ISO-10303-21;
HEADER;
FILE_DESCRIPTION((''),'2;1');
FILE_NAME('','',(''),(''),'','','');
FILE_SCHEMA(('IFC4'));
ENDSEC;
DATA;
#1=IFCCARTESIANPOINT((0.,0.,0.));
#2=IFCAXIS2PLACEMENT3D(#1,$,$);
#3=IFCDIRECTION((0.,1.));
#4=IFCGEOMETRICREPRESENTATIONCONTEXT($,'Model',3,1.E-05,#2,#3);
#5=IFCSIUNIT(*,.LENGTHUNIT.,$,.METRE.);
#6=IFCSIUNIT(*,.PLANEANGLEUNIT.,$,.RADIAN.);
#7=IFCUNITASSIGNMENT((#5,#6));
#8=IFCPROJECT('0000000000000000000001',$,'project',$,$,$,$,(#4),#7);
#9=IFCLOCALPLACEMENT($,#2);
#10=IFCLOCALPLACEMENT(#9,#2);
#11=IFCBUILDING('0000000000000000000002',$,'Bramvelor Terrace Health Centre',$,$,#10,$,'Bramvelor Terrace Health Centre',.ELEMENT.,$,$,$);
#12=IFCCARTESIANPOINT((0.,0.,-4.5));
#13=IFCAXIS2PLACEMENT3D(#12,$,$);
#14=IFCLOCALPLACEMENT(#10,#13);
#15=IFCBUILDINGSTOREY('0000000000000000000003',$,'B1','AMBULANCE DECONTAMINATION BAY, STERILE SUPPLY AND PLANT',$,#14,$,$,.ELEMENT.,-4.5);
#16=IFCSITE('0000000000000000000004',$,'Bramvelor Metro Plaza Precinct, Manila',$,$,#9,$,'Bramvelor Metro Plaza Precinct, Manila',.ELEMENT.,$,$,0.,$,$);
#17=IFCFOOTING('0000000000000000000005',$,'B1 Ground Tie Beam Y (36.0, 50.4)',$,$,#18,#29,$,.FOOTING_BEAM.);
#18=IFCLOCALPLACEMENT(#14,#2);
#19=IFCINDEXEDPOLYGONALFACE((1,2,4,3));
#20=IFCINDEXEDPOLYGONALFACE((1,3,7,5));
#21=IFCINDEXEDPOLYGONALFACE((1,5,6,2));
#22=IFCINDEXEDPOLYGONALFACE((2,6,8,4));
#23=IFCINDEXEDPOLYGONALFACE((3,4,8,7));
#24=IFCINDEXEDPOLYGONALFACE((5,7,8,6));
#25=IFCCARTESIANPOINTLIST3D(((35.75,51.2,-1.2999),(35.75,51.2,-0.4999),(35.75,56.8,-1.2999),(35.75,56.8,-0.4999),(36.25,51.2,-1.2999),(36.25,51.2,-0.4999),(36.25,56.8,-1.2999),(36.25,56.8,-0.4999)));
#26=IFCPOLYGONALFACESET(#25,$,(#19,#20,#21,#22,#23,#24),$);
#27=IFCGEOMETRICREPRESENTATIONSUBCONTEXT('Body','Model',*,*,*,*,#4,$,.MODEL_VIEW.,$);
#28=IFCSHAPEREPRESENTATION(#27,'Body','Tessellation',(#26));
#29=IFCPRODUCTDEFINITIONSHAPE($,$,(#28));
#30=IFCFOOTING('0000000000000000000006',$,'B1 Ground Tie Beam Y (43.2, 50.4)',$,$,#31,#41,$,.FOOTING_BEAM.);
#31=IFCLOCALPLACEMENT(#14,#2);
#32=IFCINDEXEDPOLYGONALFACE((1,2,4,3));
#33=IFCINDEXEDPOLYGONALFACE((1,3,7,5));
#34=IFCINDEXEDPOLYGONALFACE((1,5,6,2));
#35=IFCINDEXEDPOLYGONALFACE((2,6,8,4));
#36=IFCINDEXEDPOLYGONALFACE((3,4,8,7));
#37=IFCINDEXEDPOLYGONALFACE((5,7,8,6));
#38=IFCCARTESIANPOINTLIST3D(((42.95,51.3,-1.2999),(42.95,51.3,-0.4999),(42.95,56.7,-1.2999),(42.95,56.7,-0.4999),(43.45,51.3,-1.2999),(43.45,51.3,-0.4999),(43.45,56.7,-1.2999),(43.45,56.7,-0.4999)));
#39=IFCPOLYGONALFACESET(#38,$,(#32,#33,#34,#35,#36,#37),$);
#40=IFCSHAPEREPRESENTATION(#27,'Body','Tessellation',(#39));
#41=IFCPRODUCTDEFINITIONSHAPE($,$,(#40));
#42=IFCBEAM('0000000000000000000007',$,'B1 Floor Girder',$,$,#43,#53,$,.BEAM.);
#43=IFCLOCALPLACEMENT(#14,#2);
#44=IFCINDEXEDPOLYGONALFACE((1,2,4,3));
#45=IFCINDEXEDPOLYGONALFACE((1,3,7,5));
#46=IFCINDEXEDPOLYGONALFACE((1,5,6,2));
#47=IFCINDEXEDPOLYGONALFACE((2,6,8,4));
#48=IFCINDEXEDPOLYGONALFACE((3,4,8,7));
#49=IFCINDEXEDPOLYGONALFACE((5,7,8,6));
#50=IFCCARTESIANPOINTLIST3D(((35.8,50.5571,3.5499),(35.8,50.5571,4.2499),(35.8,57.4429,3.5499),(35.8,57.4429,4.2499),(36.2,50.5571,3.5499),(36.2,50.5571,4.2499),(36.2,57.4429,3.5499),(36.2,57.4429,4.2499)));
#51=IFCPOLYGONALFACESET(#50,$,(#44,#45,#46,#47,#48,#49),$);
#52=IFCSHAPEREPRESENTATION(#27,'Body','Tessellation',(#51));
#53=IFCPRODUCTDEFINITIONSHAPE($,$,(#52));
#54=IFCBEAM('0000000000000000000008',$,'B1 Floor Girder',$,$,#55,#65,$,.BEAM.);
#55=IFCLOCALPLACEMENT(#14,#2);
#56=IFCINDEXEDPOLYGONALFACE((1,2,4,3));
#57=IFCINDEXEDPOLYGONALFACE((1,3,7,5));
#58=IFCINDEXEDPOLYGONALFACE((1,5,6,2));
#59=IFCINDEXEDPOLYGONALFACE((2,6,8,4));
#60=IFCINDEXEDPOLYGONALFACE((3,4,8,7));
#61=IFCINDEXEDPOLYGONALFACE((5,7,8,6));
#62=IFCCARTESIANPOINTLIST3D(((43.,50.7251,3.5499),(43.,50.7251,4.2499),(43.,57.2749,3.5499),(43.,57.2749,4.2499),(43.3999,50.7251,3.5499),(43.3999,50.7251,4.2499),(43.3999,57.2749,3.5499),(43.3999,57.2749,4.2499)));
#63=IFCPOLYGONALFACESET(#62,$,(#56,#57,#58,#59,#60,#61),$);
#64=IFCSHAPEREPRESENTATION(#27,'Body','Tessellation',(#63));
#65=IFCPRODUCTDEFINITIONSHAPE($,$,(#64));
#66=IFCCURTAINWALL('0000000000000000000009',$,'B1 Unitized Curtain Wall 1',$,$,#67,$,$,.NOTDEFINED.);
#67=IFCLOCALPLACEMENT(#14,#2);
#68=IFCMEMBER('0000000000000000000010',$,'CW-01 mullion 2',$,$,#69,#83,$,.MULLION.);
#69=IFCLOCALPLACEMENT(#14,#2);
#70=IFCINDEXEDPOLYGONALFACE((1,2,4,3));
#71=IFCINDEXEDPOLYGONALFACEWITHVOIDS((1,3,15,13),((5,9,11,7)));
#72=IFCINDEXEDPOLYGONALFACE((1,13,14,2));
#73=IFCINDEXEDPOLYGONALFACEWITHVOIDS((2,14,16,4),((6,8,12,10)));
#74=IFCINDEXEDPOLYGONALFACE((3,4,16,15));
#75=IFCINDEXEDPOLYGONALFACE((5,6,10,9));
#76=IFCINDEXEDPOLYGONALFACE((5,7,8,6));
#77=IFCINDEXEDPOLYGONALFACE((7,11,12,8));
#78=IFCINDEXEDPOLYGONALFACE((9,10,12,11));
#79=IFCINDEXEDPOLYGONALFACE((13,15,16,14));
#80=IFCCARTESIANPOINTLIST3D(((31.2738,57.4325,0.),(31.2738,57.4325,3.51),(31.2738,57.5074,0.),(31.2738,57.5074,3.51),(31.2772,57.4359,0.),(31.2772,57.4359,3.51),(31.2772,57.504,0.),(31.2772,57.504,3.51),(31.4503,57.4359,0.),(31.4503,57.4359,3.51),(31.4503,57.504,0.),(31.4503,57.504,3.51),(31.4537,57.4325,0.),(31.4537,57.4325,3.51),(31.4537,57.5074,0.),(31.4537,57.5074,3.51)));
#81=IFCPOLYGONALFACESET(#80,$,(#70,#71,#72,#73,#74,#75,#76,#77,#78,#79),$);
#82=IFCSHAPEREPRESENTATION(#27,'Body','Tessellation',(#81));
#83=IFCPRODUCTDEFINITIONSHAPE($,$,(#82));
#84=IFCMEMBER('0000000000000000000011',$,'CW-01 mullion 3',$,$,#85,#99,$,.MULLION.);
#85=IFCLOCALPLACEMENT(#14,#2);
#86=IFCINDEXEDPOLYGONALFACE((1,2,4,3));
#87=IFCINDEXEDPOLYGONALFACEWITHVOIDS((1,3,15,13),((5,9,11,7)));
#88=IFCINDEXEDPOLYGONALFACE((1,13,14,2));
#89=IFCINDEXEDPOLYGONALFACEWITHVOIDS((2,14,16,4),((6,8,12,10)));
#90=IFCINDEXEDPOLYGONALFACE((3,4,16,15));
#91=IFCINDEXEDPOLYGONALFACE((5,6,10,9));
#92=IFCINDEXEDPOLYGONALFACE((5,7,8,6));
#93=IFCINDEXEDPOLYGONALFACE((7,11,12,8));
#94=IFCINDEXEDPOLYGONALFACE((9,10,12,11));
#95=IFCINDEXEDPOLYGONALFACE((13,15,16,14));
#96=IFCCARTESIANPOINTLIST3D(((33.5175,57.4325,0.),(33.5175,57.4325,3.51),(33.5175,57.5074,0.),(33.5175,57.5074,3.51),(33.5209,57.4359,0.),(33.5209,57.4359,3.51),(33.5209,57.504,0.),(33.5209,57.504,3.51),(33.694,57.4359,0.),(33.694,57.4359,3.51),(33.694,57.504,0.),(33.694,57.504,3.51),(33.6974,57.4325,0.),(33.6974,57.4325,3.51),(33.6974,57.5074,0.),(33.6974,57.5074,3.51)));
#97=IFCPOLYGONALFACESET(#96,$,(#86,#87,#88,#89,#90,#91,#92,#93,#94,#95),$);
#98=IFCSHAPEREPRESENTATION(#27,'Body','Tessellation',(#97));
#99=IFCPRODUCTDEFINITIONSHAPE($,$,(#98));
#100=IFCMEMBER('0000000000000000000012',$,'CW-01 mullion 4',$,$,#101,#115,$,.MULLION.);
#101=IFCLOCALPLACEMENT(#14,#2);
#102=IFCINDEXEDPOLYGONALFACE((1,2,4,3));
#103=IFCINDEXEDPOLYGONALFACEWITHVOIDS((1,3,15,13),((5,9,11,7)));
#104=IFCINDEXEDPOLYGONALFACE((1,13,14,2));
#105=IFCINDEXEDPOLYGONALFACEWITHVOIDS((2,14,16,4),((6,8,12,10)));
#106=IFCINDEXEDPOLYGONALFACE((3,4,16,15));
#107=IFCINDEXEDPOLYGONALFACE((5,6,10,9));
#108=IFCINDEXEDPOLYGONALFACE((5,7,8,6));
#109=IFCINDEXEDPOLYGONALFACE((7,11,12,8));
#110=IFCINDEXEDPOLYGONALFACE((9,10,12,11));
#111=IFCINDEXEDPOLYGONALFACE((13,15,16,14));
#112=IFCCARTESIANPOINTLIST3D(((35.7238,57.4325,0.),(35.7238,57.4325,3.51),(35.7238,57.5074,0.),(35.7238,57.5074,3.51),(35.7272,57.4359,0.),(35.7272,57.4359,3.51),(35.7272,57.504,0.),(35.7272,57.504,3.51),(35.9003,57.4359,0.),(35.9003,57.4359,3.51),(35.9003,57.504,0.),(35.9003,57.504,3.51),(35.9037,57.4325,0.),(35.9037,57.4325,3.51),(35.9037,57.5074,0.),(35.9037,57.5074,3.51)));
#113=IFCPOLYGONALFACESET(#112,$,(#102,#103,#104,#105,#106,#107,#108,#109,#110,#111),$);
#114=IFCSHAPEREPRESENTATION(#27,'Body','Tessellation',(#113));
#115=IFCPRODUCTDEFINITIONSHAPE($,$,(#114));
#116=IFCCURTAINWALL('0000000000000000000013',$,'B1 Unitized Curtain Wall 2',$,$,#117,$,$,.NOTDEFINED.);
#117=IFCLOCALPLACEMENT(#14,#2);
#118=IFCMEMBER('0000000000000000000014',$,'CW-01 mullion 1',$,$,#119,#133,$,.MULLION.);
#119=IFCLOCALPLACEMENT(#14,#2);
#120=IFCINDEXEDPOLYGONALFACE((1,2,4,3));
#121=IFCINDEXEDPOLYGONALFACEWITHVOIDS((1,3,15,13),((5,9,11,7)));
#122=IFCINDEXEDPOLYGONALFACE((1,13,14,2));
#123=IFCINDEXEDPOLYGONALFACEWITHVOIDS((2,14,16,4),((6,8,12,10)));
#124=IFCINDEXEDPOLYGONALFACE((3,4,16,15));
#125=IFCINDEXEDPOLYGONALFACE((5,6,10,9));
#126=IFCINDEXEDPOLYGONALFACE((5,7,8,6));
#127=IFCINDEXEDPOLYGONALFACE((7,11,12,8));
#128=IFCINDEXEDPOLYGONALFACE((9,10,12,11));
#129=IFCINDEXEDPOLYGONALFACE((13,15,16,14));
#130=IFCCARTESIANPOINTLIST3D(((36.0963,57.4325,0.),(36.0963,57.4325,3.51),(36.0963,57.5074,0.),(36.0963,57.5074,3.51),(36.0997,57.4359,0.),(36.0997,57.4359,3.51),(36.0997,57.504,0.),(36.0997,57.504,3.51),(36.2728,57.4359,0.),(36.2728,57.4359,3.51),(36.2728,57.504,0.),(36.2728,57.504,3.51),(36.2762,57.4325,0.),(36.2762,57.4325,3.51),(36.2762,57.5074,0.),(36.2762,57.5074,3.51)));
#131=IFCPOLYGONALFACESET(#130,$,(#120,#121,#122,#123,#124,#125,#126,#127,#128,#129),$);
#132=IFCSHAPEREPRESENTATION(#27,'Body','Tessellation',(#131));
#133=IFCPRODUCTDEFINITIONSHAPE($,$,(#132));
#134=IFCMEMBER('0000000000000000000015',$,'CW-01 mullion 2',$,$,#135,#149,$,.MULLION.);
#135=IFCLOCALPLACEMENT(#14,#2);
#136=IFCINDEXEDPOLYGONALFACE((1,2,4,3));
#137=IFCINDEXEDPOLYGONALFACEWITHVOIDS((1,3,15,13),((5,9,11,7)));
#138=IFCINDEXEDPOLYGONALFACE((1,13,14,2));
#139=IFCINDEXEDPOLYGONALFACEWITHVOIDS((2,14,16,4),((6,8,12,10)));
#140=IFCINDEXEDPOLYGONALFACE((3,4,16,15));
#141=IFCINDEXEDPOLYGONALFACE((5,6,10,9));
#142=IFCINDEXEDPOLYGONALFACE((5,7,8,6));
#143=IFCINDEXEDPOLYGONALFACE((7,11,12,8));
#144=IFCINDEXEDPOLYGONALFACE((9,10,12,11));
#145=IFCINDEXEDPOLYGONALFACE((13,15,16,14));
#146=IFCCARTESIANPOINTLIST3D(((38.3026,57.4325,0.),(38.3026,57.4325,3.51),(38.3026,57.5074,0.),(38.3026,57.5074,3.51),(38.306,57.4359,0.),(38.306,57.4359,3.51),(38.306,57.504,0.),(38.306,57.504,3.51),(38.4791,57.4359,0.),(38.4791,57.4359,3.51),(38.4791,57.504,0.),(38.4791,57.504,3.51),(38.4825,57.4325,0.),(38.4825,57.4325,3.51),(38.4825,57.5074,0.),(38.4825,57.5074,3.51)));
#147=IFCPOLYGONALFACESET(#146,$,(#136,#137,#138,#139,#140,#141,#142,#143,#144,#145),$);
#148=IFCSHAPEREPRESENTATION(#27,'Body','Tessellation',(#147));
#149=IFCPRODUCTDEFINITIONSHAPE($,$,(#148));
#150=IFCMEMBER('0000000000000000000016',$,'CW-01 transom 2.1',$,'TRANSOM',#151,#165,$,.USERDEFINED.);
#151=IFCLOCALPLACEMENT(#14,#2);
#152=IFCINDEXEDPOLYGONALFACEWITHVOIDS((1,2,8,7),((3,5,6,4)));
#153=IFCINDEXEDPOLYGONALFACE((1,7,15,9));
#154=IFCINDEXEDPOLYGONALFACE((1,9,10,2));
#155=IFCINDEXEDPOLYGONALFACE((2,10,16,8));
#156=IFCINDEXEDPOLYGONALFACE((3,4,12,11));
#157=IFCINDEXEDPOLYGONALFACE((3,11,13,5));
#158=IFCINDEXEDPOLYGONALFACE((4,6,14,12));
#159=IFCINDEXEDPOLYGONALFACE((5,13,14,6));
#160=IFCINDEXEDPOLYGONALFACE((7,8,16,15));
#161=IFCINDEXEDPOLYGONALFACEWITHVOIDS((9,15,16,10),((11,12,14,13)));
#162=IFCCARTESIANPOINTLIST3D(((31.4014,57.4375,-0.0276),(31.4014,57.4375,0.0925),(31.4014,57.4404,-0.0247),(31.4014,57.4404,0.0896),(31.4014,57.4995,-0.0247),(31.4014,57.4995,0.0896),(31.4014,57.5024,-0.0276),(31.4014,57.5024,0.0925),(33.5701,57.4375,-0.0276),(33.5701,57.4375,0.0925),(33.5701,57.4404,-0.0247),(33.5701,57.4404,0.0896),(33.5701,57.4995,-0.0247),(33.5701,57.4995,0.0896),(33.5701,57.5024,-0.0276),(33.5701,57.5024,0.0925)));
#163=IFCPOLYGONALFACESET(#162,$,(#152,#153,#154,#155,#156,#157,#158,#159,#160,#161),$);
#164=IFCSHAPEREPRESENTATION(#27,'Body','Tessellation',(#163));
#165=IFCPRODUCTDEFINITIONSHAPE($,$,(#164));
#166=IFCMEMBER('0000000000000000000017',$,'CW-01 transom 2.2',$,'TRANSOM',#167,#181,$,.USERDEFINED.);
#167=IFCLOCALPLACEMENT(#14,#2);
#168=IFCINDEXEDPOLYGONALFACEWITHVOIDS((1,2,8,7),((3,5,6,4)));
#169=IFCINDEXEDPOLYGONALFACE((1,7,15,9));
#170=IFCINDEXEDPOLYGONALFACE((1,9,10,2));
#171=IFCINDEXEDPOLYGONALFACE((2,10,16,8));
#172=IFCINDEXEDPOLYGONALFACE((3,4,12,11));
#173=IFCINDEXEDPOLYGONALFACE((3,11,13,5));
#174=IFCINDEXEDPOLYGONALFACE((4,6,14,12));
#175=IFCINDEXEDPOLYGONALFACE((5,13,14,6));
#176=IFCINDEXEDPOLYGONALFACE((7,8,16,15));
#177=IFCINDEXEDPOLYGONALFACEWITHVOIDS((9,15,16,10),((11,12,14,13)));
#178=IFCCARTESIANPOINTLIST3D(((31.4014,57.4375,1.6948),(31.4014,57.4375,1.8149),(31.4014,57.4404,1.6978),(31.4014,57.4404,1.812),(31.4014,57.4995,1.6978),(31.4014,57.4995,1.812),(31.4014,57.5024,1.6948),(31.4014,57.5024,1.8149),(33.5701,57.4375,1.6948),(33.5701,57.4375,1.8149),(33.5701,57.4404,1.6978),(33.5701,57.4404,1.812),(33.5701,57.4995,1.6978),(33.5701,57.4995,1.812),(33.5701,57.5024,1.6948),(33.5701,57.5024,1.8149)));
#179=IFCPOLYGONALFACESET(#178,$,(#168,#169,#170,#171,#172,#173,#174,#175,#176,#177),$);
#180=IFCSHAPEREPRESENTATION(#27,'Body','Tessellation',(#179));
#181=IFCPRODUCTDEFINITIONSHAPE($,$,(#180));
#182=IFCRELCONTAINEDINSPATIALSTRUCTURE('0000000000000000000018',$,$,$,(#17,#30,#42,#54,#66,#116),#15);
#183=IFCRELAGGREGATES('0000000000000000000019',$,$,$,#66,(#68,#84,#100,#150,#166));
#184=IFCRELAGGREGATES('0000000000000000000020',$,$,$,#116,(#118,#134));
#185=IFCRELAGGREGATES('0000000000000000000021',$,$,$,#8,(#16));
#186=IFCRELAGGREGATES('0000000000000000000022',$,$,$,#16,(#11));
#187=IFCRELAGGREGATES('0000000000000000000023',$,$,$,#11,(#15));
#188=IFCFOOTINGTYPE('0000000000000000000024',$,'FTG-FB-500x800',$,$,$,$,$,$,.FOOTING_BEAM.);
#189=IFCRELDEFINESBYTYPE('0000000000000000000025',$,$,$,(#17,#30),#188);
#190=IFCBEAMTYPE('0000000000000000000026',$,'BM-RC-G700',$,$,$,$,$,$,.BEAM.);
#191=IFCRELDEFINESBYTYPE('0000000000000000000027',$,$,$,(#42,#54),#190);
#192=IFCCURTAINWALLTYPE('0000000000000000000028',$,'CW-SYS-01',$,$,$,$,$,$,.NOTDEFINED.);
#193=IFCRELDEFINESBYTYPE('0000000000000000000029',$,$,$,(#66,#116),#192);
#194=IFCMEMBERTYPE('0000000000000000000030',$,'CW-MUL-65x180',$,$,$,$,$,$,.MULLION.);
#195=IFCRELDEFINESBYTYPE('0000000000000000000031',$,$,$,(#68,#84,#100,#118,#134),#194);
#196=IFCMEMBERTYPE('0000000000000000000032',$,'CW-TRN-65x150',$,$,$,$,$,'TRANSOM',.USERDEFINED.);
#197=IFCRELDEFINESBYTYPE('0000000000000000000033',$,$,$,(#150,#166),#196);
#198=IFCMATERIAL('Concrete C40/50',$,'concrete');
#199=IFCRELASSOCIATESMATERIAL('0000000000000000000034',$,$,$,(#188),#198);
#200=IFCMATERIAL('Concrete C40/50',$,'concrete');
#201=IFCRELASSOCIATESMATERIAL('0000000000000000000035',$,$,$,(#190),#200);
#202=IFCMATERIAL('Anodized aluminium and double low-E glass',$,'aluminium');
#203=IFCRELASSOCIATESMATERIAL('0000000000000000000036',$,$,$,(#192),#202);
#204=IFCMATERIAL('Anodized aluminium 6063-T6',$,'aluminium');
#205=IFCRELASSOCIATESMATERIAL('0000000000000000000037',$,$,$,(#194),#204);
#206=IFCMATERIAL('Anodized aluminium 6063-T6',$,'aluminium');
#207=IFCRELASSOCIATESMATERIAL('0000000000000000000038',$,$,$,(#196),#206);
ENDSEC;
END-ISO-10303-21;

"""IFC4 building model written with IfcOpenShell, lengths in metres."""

from ifc_helpers import new_model, si_unit, direction, frame, origin, origin_2d, place, context, subcontext, project, spatial, rectangle, hollow_rectangle, extrude, material, material_profile, profile_set, type_object, element, aggregate, save


model = new_model("IFC4")

# Units and contexts
model_context = context("Model", 3, precision=1e-05, world=origin(), true_north=direction((0.0, 1.0)))
body_context = subcontext(model_context, "Body", "Model", "MODEL_VIEW")
ifc_project = project(units=[si_unit("LENGTHUNIT", "METRE"), si_unit("PLANEANGLEUNIT", "RADIAN")], contexts=[model_context])

# Site, building, storey
site_placement = place(None, origin())
site = spatial("IfcSite", under=ifc_project, at=site_placement, Name="Bramvelor Metro Plaza Precinct, Manila", LongName="Bramvelor Metro Plaza Precinct, Manila", CompositionType="ELEMENT", RefElevation=0.0)
building_placement = place(site_placement, origin())
building = spatial("IfcBuilding", under=site, at=building_placement, Name="Bramvelor Terrace Health Centre", LongName="Bramvelor Terrace Health Centre", CompositionType="ELEMENT")
storey_placement = place(building_placement, frame((0.0, 0.0, -4.5)))
storey = spatial("IfcBuildingStorey", under=building, at=storey_placement, Name="B1", Description="AMBULANCE DECONTAMINATION BAY, STERILE SUPPLY AND PLANT", CompositionType="ELEMENT", Elevation=-4.5)

# Footings
ifc_material_1 = material(Name="Concrete C40/50", Category="concrete")
ifc_material_profile_1 = material_profile(ifc_material_1, rectangle(XDim=0.5, YDim=0.8, at=origin_2d()), Name="RC 500x800")
ifc_profile_set_1 = profile_set([ifc_material_profile_1], Name="Concrete C40/50")
footing_type = type_object("IfcFootingType", Name="FTG-FB-500x800", PredefinedType="FOOTING_BEAM", material=ifc_profile_set_1)
footing_1_placement = place(storey_placement, frame((36.0, 51.2, -0.8999), z_axis=(0.0, 1.0, 0.0), x_axis=(-1.0, 0.0, 0.0)))
element("IfcFooting", 1, at=footing_1_placement, inside=storey, type_object=footing_type, Name="B1 Ground Tie Beam Y (36.0, 50.4)", PredefinedType="FOOTING_BEAM", context=body_context, shape_type="SweptSolid", body=[
    extrude(rectangle(XDim=0.5, YDim=0.8, at=origin_2d()), origin(), (0.0, 0.0, 1.0), 5.6001),
])
footing_2_placement = place(storey_placement, frame((43.2, 51.3, -0.8999), z_axis=(0.0, 1.0, 0.0), x_axis=(-1.0, 0.0, 0.0)))
element("IfcFooting", 2, at=footing_2_placement, inside=storey, type_object=footing_type, Name="B1 Ground Tie Beam Y (43.2, 50.4)", PredefinedType="FOOTING_BEAM", context=body_context, shape_type="SweptSolid", body=[
    extrude(rectangle(XDim=0.5, YDim=0.8, at=origin_2d()), origin(), (0.0, 0.0, 1.0), 5.3999),
])

# Beams
ifc_material_2 = material(Name="Concrete C40/50", Category="concrete")
ifc_material_profile_2 = material_profile(ifc_material_2, rectangle(XDim=0.3999, YDim=0.7, at=origin_2d()), Name="RC 400x700")
ifc_profile_set_2 = profile_set([ifc_material_profile_2], Name="Concrete C40/50")
beam_type = type_object("IfcBeamType", Name="BM-RC-G700", PredefinedType="BEAM", material=ifc_profile_set_2)
beam_1_placement = place(storey_placement, frame((36.0, 50.5571, 3.8999), z_axis=(0.0, 1.0, 0.0), x_axis=(-1.0, 0.0, 0.0)))
element("IfcBeam", 3, at=beam_1_placement, inside=storey, type_object=beam_type, Name="B1 Floor Girder", PredefinedType="BEAM", context=body_context, shape_type="SweptSolid", body=[
    extrude(rectangle(XDim=0.3999, YDim=0.7, at=origin_2d()), origin(), (0.0, 0.0, 1.0), 6.8857),
])
beam_2_placement = place(storey_placement, frame((43.2, 50.7251, 3.8999), z_axis=(0.0, 1.0, 0.0), x_axis=(-1.0, 0.0, 0.0)))
element("IfcBeam", 4, at=beam_2_placement, inside=storey, type_object=beam_type, Name="B1 Floor Girder", PredefinedType="BEAM", context=body_context, shape_type="SweptSolid", body=[
    extrude(rectangle(XDim=0.3999, YDim=0.7, at=origin_2d()), origin(), (0.0, 0.0, 1.0), 6.5498),
])

# Curtain walls, members
ifc_material_3 = material(Name="Anodized aluminium and double low-E glass", Category="aluminium")
curtain_wall_type = type_object("IfcCurtainWallType", Name="CW-SYS-01", PredefinedType="NOTDEFINED", material=ifc_material_3)
curtain_wall_1_placement = place(storey_placement, origin())
curtain_wall_1 = element("IfcCurtainWall", 5, at=curtain_wall_1_placement, inside=storey, type_object=curtain_wall_type, Name="B1 Unitized Curtain Wall 1", PredefinedType="NOTDEFINED")
ifc_material_4 = material(Name="Anodized aluminium 6063-T6", Category="aluminium")
ifc_material_profile_3 = material_profile(ifc_material_4, hollow_rectangle(XDim=0.075, YDim=0.1799, WallThickness=0.0034, at=origin_2d()), Name="ALU-MUL 75x180x3.5")
ifc_profile_set_3 = profile_set([ifc_material_profile_3], Name="Anodized aluminium 6063-T6")
member_type_1 = type_object("IfcMemberType", Name="CW-MUL-65x180", PredefinedType="MULLION", material=ifc_profile_set_3)
member_1_placement = place(storey_placement, frame((31.3638, 57.47, 0.0), z_axis=(0.0, 0.0, 1.0), x_axis=(0.0, 1.0, 0.0)))
member_1 = element("IfcMember", 6, at=member_1_placement, type_object=member_type_1, Name="CW-01 mullion 2", PredefinedType="MULLION", context=body_context, shape_type="SweptSolid", body=[
    extrude(hollow_rectangle(XDim=0.075, YDim=0.1799, WallThickness=0.0034, at=origin_2d()), origin(), (0.0, 0.0, 1.0), 3.51),
])
member_2_placement = place(storey_placement, frame((33.6074, 57.47, 0.0), z_axis=(0.0, 0.0, 1.0), x_axis=(0.0, 1.0, 0.0)))
member_2 = element("IfcMember", 7, at=member_2_placement, type_object=member_type_1, Name="CW-01 mullion 3", PredefinedType="MULLION", context=body_context, shape_type="SweptSolid", body=[
    extrude(hollow_rectangle(XDim=0.075, YDim=0.1799, WallThickness=0.0034, at=origin_2d()), origin(), (0.0, 0.0, 1.0), 3.51),
])
member_3_placement = place(storey_placement, frame((35.8137, 57.47, 0.0), z_axis=(0.0, 0.0, 1.0), x_axis=(0.0, 1.0, 0.0)))
member_3 = element("IfcMember", 8, at=member_3_placement, type_object=member_type_1, Name="CW-01 mullion 4", PredefinedType="MULLION", context=body_context, shape_type="SweptSolid", body=[
    extrude(hollow_rectangle(XDim=0.075, YDim=0.1799, WallThickness=0.0034, at=origin_2d()), origin(), (0.0, 0.0, 1.0), 3.51),
])
curtain_wall_2_placement = place(storey_placement, origin())
curtain_wall_2 = element("IfcCurtainWall", 9, at=curtain_wall_2_placement, inside=storey, type_object=curtain_wall_type, Name="B1 Unitized Curtain Wall 2", PredefinedType="NOTDEFINED")
member_4_placement = place(storey_placement, frame((36.1863, 57.47, 0.0), z_axis=(0.0, 0.0, 1.0), x_axis=(0.0, 1.0, 0.0)))
member_4 = element("IfcMember", 10, at=member_4_placement, type_object=member_type_1, Name="CW-01 mullion 1", PredefinedType="MULLION", context=body_context, shape_type="SweptSolid", body=[
    extrude(hollow_rectangle(XDim=0.075, YDim=0.1799, WallThickness=0.0034, at=origin_2d()), origin(), (0.0, 0.0, 1.0), 3.51),
])
member_5_placement = place(storey_placement, frame((38.3926, 57.47, 0.0), z_axis=(0.0, 0.0, 1.0), x_axis=(0.0, 1.0, 0.0)))
member_5 = element("IfcMember", 11, at=member_5_placement, type_object=member_type_1, Name="CW-01 mullion 2", PredefinedType="MULLION", context=body_context, shape_type="SweptSolid", body=[
    extrude(hollow_rectangle(XDim=0.075, YDim=0.1799, WallThickness=0.0034, at=origin_2d()), origin(), (0.0, 0.0, 1.0), 3.51),
])

# Members
ifc_material_5 = material(Name="Anodized aluminium 6063-T6", Category="aluminium")
ifc_material_profile_4 = material_profile(ifc_material_5, hollow_rectangle(XDim=0.0649, YDim=0.1201, WallThickness=0.0029, at=origin_2d()), Name="ALU-TRN 65x120x3.0")
ifc_profile_set_4 = profile_set([ifc_material_profile_4], Name="Anodized aluminium 6063-T6")
member_type_2 = type_object("IfcMemberType", Name="CW-TRN-65x150", ElementType="TRANSOM", PredefinedType="USERDEFINED", material=ifc_profile_set_4)
member_6_placement = place(storey_placement, frame((31.4014, 57.47, 0.0325), z_axis=(1.0, 0.0, 0.0), x_axis=(0.0, 1.0, 0.0)))
member_6 = element("IfcMember", 12, at=member_6_placement, type_object=member_type_2, Name="CW-01 transom 2.1", ObjectType="TRANSOM", PredefinedType="USERDEFINED", context=body_context, shape_type="SweptSolid", body=[
    extrude(hollow_rectangle(XDim=0.0649, YDim=0.1201, WallThickness=0.0029, at=origin_2d()), origin(), (0.0, 0.0, 1.0), 2.1687),
])
member_7_placement = place(storey_placement, frame((31.4014, 57.47, 1.7549), z_axis=(1.0, 0.0, 0.0), x_axis=(0.0, 1.0, 0.0)))
member_7 = element("IfcMember", 13, at=member_7_placement, type_object=member_type_2, Name="CW-01 transom 2.2", ObjectType="TRANSOM", PredefinedType="USERDEFINED", context=body_context, shape_type="SweptSolid", body=[
    extrude(hollow_rectangle(XDim=0.0649, YDim=0.1201, WallThickness=0.0029, at=origin_2d()), origin(), (0.0, 0.0, 1.0), 2.1687),
])

aggregate(curtain_wall_1, [member_1, member_2, member_3, member_6, member_7])
aggregate(curtain_wall_2, [member_4, member_5])

save(model, "model.ifc")
